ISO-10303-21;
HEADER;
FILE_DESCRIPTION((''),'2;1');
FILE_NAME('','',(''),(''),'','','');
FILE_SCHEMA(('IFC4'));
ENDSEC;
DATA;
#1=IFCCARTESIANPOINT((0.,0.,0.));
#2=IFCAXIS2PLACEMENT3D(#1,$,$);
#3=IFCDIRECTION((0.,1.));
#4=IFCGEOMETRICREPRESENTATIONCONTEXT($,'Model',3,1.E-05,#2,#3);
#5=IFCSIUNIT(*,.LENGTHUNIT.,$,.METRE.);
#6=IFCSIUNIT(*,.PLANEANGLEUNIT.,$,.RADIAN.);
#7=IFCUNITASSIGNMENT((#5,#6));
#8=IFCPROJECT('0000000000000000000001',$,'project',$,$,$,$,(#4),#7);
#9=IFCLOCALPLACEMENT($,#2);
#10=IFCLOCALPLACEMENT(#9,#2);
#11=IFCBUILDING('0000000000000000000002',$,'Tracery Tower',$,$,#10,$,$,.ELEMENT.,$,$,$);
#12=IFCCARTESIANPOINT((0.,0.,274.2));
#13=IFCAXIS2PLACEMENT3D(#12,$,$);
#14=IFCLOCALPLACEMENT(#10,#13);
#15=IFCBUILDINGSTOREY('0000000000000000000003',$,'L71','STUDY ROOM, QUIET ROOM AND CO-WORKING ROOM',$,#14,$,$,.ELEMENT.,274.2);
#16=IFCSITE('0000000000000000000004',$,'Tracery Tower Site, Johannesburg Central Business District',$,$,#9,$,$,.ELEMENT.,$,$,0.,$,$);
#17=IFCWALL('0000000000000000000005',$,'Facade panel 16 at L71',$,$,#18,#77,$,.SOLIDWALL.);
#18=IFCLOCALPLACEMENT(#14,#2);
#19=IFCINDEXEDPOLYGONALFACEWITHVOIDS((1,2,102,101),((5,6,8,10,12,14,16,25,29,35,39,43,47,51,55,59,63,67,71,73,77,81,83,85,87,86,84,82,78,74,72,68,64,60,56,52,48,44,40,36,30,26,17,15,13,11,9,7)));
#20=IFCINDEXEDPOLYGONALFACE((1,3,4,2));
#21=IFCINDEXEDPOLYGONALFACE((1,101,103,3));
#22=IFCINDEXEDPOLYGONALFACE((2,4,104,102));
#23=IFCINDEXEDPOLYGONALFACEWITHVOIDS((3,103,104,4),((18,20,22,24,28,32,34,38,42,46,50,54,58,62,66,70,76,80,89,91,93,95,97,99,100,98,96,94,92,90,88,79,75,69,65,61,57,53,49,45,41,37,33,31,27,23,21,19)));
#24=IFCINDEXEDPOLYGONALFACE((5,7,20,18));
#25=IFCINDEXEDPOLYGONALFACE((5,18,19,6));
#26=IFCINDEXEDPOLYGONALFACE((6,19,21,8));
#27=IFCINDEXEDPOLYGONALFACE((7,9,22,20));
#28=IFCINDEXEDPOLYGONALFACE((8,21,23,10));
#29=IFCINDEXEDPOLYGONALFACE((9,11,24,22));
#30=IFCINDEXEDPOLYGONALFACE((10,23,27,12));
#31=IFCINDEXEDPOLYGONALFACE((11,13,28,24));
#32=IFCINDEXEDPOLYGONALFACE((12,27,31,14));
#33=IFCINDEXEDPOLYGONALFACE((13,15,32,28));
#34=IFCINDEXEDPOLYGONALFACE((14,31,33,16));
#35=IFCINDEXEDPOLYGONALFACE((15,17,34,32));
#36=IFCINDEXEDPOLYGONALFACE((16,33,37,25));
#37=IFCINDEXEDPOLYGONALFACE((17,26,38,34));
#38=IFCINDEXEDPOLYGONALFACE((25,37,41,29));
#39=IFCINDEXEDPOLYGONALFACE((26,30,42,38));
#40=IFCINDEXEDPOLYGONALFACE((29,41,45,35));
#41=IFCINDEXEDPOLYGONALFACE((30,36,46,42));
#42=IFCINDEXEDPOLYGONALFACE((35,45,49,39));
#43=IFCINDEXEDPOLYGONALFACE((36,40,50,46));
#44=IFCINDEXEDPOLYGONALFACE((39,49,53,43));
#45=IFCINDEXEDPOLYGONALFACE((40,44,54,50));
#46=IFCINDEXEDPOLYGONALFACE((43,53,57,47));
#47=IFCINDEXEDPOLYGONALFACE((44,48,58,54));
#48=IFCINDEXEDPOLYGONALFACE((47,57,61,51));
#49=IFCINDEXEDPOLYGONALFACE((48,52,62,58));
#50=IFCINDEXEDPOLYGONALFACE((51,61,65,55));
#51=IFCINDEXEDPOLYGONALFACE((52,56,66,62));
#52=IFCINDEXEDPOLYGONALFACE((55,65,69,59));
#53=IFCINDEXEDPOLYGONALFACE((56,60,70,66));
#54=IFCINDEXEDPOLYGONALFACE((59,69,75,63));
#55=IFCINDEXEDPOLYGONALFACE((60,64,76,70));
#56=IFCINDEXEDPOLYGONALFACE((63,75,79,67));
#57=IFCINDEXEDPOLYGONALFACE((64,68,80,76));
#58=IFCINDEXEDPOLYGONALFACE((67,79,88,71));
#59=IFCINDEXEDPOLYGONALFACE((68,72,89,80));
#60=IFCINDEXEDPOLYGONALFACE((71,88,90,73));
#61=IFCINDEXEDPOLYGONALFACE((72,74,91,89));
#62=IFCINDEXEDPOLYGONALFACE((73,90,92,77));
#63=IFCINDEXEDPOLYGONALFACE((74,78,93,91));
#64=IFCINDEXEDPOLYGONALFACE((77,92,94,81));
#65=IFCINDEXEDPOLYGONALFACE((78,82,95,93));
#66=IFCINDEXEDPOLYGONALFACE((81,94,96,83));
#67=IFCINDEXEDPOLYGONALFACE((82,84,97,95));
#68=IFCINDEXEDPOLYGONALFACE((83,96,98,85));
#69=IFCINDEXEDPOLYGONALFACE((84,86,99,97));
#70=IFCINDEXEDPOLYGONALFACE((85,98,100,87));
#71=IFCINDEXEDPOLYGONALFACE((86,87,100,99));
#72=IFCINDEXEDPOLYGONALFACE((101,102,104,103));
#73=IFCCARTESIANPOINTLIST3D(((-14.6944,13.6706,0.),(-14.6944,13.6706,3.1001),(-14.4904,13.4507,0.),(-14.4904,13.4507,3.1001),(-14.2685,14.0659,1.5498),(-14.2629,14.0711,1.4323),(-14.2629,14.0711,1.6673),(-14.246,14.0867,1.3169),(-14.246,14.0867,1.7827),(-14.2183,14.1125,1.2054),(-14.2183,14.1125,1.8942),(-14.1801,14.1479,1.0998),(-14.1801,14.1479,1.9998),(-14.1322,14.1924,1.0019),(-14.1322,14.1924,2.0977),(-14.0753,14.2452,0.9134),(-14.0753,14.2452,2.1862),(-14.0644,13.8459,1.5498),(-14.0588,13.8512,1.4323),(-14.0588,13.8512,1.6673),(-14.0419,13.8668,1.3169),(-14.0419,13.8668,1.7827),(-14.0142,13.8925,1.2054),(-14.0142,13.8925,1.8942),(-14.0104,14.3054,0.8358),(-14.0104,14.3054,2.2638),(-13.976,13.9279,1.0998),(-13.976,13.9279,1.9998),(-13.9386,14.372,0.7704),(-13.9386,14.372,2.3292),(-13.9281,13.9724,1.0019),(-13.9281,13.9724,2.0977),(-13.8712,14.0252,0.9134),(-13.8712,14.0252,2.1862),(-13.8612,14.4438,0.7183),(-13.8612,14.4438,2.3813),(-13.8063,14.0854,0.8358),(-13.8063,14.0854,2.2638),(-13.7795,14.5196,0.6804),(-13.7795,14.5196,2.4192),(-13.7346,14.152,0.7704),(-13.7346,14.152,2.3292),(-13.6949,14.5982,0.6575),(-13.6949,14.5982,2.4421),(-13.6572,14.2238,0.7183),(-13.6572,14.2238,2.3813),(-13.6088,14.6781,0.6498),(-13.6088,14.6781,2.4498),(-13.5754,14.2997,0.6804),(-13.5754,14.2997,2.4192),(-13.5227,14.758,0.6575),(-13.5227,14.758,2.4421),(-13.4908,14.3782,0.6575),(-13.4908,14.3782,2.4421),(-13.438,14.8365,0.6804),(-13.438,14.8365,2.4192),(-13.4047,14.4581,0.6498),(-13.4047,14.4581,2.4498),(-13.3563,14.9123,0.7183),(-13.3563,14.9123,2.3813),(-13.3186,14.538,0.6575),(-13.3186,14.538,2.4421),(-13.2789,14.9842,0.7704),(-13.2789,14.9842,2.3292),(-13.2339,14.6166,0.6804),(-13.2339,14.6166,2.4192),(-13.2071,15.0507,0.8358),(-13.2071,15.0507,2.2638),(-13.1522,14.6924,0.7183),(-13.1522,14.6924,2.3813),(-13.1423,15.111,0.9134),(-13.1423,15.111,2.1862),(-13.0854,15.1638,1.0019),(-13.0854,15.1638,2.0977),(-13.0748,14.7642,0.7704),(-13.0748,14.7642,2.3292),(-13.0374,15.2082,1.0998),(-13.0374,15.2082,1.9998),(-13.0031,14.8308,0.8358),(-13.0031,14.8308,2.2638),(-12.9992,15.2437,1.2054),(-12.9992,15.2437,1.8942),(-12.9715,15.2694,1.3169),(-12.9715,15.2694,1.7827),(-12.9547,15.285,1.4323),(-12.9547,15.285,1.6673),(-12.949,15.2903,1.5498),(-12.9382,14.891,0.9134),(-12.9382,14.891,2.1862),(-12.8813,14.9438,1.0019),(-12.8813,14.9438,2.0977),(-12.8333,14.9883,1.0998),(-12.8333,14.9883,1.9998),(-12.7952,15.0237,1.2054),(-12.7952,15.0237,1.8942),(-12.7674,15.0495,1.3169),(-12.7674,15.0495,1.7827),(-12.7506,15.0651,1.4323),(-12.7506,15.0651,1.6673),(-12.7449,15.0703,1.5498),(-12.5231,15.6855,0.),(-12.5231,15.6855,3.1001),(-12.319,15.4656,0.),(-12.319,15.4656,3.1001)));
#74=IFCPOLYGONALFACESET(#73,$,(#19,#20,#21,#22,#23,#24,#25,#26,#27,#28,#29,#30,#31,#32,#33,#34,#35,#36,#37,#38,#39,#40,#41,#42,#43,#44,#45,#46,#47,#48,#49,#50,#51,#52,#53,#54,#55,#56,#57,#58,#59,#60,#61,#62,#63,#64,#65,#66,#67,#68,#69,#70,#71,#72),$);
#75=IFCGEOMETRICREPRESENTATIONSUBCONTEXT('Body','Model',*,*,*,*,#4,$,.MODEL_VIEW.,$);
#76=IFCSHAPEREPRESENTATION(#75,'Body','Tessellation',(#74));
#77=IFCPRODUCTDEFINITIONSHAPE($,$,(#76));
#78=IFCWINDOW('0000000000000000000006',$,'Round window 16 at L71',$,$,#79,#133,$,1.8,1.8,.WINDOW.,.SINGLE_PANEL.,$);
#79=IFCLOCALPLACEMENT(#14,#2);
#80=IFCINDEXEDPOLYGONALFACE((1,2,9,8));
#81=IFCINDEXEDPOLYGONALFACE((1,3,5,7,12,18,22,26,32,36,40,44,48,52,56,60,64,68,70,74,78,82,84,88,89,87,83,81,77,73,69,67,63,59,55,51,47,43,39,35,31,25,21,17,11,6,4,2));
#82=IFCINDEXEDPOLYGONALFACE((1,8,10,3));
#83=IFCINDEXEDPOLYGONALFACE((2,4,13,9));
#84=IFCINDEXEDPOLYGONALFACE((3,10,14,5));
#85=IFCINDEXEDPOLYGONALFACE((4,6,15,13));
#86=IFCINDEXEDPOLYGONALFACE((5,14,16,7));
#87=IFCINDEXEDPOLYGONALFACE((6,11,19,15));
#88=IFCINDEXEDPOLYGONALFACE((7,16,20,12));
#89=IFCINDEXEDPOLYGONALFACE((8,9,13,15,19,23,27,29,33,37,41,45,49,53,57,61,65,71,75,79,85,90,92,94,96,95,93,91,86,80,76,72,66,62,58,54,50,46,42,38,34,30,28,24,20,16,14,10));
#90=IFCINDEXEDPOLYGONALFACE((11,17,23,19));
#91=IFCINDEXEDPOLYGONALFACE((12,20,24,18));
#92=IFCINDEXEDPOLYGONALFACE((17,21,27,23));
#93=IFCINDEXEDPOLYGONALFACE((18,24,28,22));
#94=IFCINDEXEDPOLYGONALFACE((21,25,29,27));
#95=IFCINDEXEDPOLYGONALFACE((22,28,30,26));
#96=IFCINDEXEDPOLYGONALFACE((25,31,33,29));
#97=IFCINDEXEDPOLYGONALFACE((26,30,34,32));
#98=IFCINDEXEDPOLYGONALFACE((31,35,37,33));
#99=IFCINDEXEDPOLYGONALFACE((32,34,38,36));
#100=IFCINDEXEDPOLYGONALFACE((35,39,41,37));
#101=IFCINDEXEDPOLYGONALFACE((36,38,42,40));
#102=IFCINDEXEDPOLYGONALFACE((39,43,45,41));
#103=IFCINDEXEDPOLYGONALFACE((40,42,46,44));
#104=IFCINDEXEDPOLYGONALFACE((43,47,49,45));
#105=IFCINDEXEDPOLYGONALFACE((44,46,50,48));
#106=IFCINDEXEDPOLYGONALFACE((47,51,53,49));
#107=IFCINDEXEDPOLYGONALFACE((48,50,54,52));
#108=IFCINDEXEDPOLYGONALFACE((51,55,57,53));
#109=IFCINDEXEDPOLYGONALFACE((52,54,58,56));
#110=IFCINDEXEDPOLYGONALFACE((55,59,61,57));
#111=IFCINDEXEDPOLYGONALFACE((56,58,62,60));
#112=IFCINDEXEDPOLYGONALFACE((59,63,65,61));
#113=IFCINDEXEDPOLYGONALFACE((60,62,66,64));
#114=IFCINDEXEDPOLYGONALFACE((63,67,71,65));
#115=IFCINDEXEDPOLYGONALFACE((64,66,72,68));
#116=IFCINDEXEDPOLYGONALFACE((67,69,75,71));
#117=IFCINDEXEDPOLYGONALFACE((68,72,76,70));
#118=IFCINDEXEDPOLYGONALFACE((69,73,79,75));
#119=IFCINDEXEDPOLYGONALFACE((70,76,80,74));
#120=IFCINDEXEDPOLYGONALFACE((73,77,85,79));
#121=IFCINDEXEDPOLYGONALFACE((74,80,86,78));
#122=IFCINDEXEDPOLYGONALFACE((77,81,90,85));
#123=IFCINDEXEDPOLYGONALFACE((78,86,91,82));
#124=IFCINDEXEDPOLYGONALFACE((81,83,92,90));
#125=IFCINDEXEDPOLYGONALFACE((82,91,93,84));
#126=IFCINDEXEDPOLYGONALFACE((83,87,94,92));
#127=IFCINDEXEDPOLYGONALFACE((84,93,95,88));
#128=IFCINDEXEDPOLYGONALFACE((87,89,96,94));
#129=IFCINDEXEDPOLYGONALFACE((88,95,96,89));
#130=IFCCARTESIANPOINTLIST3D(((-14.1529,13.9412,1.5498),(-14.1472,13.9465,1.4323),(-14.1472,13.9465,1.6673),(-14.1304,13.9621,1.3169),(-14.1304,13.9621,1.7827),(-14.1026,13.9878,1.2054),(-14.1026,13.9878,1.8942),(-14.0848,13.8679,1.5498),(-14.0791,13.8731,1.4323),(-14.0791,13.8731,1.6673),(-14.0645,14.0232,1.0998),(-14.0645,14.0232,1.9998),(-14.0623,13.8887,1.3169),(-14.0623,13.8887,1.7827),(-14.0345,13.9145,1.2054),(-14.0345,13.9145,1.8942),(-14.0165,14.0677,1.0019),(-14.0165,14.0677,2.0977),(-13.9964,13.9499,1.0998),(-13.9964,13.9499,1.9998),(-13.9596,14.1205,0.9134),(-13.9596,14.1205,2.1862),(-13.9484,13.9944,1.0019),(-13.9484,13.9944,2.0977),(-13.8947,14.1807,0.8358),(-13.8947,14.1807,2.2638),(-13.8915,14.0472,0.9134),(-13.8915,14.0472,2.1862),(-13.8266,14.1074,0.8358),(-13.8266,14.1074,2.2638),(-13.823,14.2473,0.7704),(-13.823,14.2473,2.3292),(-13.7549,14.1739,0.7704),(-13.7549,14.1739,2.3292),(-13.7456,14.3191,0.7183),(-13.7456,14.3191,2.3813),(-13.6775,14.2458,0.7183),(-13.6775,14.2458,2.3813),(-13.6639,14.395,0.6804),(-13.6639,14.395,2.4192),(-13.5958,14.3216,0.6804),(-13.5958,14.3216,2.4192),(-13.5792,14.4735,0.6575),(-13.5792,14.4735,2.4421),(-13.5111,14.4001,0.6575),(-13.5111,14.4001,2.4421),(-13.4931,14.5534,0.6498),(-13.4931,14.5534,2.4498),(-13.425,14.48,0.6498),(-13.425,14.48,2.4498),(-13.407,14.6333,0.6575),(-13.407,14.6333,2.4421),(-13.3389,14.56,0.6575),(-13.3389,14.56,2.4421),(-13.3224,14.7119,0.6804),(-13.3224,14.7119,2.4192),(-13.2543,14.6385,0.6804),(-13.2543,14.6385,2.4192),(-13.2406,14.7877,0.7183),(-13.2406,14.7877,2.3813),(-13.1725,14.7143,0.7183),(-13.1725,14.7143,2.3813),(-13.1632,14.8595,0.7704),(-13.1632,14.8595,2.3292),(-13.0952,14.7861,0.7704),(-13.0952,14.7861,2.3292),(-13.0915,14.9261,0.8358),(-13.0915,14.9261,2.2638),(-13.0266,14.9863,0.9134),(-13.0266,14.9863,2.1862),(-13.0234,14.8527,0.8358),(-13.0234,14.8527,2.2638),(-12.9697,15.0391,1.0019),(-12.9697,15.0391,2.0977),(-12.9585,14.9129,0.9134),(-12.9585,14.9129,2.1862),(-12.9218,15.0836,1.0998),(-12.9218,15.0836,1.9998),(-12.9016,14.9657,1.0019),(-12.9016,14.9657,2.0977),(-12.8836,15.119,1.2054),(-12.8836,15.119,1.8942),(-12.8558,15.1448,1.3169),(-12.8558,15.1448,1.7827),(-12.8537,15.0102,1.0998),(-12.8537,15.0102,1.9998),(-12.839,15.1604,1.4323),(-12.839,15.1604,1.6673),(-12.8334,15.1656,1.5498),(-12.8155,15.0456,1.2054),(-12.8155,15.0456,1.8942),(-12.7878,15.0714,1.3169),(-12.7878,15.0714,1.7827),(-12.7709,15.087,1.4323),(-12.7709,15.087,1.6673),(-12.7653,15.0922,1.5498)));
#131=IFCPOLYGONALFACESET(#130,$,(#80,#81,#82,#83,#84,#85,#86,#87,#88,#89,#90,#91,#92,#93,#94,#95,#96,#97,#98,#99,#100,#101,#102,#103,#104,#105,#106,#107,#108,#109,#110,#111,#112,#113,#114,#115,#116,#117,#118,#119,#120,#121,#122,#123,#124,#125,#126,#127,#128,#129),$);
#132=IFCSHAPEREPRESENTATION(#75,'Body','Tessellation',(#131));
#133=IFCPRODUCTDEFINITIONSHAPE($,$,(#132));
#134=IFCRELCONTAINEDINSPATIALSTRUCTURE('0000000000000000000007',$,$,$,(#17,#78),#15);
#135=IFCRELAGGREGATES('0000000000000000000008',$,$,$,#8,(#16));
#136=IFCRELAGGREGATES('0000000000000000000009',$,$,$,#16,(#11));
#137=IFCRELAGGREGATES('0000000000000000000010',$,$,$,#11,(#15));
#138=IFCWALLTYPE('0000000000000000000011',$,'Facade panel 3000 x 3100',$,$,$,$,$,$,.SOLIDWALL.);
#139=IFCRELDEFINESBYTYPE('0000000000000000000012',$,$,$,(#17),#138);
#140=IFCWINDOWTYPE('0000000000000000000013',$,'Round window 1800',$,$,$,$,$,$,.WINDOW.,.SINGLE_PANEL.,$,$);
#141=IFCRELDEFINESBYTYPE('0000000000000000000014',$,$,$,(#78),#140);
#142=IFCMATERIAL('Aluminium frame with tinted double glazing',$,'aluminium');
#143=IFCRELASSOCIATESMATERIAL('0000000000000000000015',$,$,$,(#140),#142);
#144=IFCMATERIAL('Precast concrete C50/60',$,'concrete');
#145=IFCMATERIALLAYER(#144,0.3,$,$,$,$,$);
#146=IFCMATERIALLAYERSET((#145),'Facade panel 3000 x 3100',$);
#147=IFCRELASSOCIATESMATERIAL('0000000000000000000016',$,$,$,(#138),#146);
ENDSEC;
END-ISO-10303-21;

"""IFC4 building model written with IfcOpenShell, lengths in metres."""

from ifc_helpers import new_model, si_unit, direction, frame, frame_2d, origin, origin_2d, place, context, subcontext, project, spatial, rectangle, circle, extrude, material, layer, layer_set, type_object, element, fill, save


model = new_model("IFC4")

# Units and contexts
model_context = context("Model", 3, precision=1e-05, world=origin(), true_north=direction((0.0, 1.0)))
body_context = subcontext(model_context, "Body", "Model", "MODEL_VIEW")
ifc_project = project(units=[si_unit("LENGTHUNIT", "METRE"), si_unit("PLANEANGLEUNIT", "RADIAN")], contexts=[model_context])

# Site, building, storey
site_placement = place(None, origin())
site = spatial("IfcSite", under=ifc_project, at=site_placement, Name="Tracery Tower Site, Johannesburg Central Business District", CompositionType="ELEMENT", RefElevation=0.0)
building_placement = place(site_placement, origin())
building = spatial("IfcBuilding", under=site, at=building_placement, Name="Tracery Tower", CompositionType="ELEMENT")
storey_placement = place(building_placement, frame((0.0, 0.0, 274.2)))
storey = spatial("IfcBuildingStorey", under=building, at=storey_placement, Name="L71", Description="STUDY ROOM, QUIET ROOM AND CO-WORKING ROOM", CompositionType="ELEMENT", Elevation=274.2)

# Wall, opening, window
ifc_material_1 = material(Name="Aluminium frame with tinted double glazing", Category="aluminium")
window_type = type_object("IfcWindowType", Name="Round window 1800", PartitioningType="SINGLE_PANEL", PredefinedType="WINDOW", material=ifc_material_1)
ifc_material_2 = material(Name="Precast concrete C50/60", Category="concrete")
ifc_layer_1 = layer(ifc_material_2, 0.3)
ifc_layer_set_1 = layer_set([ifc_layer_1], Name="Facade panel 3000 x 3100")
wall_type_1 = type_object("IfcWallType", Name="Facade panel 3000 x 3100", PredefinedType="SOLIDWALL", material=ifc_layer_set_1)
wall_1_placement = place(storey_placement, frame((-12.4211, 15.5754, 0.0), z_axis=(0.0, 0.0, 1.0), x_axis=(-0.733028, -0.680198, 0.0)))
wall_1 = element("IfcWall", 1, at=wall_1_placement, inside=storey, type_object=wall_type_1, Name="Facade panel 16 at L71", PredefinedType="SOLIDWALL", context=body_context, shape_type="SweptSolid", body=[
    extrude(rectangle(XDim=2.9622, YDim=0.3, at=frame_2d((1.481, 0.0))), origin(), (0.0, 0.0, 1.0), 3.1001),
])
opening_1_placement = place(wall_1_placement, frame((1.481, 0.0, 1.5498)))
opening_1 = element("IfcOpeningElement", 2, at=opening_1_placement, cuts=wall_1, PredefinedType="OPENING", context=body_context, shape_type="SweptSolid", body=[
    extrude(circle(Radius=0.9, at=origin_2d()), frame((0.0, 0.1599, 0.0), z_axis=(0.0, -1.0, 0.0), x_axis=(1.0, 0.0, 0.0)), (0.0, 0.0, 1.0), 0.3201),
])
window_1_placement = place(opening_1_placement, origin())
window_1 = element("IfcWindow", 3, at=window_1_placement, inside=storey, type_object=window_type, Name="Round window 16 at L71", OverallHeight=1.8, OverallWidth=1.8, PartitioningType="SINGLE_PANEL", PredefinedType="WINDOW", context=body_context, shape_type="SweptSolid", body=[
    extrude(circle(Radius=0.9, at=origin_2d()), frame((0.0, 0.1201, 0.0), z_axis=(0.0, -1.0, 0.0), x_axis=(1.0, 0.0, 0.0)), (0.0, 0.0, 1.0), 0.1001),
])
fill(opening_1, window_1)

save(model, "model.ifc")
